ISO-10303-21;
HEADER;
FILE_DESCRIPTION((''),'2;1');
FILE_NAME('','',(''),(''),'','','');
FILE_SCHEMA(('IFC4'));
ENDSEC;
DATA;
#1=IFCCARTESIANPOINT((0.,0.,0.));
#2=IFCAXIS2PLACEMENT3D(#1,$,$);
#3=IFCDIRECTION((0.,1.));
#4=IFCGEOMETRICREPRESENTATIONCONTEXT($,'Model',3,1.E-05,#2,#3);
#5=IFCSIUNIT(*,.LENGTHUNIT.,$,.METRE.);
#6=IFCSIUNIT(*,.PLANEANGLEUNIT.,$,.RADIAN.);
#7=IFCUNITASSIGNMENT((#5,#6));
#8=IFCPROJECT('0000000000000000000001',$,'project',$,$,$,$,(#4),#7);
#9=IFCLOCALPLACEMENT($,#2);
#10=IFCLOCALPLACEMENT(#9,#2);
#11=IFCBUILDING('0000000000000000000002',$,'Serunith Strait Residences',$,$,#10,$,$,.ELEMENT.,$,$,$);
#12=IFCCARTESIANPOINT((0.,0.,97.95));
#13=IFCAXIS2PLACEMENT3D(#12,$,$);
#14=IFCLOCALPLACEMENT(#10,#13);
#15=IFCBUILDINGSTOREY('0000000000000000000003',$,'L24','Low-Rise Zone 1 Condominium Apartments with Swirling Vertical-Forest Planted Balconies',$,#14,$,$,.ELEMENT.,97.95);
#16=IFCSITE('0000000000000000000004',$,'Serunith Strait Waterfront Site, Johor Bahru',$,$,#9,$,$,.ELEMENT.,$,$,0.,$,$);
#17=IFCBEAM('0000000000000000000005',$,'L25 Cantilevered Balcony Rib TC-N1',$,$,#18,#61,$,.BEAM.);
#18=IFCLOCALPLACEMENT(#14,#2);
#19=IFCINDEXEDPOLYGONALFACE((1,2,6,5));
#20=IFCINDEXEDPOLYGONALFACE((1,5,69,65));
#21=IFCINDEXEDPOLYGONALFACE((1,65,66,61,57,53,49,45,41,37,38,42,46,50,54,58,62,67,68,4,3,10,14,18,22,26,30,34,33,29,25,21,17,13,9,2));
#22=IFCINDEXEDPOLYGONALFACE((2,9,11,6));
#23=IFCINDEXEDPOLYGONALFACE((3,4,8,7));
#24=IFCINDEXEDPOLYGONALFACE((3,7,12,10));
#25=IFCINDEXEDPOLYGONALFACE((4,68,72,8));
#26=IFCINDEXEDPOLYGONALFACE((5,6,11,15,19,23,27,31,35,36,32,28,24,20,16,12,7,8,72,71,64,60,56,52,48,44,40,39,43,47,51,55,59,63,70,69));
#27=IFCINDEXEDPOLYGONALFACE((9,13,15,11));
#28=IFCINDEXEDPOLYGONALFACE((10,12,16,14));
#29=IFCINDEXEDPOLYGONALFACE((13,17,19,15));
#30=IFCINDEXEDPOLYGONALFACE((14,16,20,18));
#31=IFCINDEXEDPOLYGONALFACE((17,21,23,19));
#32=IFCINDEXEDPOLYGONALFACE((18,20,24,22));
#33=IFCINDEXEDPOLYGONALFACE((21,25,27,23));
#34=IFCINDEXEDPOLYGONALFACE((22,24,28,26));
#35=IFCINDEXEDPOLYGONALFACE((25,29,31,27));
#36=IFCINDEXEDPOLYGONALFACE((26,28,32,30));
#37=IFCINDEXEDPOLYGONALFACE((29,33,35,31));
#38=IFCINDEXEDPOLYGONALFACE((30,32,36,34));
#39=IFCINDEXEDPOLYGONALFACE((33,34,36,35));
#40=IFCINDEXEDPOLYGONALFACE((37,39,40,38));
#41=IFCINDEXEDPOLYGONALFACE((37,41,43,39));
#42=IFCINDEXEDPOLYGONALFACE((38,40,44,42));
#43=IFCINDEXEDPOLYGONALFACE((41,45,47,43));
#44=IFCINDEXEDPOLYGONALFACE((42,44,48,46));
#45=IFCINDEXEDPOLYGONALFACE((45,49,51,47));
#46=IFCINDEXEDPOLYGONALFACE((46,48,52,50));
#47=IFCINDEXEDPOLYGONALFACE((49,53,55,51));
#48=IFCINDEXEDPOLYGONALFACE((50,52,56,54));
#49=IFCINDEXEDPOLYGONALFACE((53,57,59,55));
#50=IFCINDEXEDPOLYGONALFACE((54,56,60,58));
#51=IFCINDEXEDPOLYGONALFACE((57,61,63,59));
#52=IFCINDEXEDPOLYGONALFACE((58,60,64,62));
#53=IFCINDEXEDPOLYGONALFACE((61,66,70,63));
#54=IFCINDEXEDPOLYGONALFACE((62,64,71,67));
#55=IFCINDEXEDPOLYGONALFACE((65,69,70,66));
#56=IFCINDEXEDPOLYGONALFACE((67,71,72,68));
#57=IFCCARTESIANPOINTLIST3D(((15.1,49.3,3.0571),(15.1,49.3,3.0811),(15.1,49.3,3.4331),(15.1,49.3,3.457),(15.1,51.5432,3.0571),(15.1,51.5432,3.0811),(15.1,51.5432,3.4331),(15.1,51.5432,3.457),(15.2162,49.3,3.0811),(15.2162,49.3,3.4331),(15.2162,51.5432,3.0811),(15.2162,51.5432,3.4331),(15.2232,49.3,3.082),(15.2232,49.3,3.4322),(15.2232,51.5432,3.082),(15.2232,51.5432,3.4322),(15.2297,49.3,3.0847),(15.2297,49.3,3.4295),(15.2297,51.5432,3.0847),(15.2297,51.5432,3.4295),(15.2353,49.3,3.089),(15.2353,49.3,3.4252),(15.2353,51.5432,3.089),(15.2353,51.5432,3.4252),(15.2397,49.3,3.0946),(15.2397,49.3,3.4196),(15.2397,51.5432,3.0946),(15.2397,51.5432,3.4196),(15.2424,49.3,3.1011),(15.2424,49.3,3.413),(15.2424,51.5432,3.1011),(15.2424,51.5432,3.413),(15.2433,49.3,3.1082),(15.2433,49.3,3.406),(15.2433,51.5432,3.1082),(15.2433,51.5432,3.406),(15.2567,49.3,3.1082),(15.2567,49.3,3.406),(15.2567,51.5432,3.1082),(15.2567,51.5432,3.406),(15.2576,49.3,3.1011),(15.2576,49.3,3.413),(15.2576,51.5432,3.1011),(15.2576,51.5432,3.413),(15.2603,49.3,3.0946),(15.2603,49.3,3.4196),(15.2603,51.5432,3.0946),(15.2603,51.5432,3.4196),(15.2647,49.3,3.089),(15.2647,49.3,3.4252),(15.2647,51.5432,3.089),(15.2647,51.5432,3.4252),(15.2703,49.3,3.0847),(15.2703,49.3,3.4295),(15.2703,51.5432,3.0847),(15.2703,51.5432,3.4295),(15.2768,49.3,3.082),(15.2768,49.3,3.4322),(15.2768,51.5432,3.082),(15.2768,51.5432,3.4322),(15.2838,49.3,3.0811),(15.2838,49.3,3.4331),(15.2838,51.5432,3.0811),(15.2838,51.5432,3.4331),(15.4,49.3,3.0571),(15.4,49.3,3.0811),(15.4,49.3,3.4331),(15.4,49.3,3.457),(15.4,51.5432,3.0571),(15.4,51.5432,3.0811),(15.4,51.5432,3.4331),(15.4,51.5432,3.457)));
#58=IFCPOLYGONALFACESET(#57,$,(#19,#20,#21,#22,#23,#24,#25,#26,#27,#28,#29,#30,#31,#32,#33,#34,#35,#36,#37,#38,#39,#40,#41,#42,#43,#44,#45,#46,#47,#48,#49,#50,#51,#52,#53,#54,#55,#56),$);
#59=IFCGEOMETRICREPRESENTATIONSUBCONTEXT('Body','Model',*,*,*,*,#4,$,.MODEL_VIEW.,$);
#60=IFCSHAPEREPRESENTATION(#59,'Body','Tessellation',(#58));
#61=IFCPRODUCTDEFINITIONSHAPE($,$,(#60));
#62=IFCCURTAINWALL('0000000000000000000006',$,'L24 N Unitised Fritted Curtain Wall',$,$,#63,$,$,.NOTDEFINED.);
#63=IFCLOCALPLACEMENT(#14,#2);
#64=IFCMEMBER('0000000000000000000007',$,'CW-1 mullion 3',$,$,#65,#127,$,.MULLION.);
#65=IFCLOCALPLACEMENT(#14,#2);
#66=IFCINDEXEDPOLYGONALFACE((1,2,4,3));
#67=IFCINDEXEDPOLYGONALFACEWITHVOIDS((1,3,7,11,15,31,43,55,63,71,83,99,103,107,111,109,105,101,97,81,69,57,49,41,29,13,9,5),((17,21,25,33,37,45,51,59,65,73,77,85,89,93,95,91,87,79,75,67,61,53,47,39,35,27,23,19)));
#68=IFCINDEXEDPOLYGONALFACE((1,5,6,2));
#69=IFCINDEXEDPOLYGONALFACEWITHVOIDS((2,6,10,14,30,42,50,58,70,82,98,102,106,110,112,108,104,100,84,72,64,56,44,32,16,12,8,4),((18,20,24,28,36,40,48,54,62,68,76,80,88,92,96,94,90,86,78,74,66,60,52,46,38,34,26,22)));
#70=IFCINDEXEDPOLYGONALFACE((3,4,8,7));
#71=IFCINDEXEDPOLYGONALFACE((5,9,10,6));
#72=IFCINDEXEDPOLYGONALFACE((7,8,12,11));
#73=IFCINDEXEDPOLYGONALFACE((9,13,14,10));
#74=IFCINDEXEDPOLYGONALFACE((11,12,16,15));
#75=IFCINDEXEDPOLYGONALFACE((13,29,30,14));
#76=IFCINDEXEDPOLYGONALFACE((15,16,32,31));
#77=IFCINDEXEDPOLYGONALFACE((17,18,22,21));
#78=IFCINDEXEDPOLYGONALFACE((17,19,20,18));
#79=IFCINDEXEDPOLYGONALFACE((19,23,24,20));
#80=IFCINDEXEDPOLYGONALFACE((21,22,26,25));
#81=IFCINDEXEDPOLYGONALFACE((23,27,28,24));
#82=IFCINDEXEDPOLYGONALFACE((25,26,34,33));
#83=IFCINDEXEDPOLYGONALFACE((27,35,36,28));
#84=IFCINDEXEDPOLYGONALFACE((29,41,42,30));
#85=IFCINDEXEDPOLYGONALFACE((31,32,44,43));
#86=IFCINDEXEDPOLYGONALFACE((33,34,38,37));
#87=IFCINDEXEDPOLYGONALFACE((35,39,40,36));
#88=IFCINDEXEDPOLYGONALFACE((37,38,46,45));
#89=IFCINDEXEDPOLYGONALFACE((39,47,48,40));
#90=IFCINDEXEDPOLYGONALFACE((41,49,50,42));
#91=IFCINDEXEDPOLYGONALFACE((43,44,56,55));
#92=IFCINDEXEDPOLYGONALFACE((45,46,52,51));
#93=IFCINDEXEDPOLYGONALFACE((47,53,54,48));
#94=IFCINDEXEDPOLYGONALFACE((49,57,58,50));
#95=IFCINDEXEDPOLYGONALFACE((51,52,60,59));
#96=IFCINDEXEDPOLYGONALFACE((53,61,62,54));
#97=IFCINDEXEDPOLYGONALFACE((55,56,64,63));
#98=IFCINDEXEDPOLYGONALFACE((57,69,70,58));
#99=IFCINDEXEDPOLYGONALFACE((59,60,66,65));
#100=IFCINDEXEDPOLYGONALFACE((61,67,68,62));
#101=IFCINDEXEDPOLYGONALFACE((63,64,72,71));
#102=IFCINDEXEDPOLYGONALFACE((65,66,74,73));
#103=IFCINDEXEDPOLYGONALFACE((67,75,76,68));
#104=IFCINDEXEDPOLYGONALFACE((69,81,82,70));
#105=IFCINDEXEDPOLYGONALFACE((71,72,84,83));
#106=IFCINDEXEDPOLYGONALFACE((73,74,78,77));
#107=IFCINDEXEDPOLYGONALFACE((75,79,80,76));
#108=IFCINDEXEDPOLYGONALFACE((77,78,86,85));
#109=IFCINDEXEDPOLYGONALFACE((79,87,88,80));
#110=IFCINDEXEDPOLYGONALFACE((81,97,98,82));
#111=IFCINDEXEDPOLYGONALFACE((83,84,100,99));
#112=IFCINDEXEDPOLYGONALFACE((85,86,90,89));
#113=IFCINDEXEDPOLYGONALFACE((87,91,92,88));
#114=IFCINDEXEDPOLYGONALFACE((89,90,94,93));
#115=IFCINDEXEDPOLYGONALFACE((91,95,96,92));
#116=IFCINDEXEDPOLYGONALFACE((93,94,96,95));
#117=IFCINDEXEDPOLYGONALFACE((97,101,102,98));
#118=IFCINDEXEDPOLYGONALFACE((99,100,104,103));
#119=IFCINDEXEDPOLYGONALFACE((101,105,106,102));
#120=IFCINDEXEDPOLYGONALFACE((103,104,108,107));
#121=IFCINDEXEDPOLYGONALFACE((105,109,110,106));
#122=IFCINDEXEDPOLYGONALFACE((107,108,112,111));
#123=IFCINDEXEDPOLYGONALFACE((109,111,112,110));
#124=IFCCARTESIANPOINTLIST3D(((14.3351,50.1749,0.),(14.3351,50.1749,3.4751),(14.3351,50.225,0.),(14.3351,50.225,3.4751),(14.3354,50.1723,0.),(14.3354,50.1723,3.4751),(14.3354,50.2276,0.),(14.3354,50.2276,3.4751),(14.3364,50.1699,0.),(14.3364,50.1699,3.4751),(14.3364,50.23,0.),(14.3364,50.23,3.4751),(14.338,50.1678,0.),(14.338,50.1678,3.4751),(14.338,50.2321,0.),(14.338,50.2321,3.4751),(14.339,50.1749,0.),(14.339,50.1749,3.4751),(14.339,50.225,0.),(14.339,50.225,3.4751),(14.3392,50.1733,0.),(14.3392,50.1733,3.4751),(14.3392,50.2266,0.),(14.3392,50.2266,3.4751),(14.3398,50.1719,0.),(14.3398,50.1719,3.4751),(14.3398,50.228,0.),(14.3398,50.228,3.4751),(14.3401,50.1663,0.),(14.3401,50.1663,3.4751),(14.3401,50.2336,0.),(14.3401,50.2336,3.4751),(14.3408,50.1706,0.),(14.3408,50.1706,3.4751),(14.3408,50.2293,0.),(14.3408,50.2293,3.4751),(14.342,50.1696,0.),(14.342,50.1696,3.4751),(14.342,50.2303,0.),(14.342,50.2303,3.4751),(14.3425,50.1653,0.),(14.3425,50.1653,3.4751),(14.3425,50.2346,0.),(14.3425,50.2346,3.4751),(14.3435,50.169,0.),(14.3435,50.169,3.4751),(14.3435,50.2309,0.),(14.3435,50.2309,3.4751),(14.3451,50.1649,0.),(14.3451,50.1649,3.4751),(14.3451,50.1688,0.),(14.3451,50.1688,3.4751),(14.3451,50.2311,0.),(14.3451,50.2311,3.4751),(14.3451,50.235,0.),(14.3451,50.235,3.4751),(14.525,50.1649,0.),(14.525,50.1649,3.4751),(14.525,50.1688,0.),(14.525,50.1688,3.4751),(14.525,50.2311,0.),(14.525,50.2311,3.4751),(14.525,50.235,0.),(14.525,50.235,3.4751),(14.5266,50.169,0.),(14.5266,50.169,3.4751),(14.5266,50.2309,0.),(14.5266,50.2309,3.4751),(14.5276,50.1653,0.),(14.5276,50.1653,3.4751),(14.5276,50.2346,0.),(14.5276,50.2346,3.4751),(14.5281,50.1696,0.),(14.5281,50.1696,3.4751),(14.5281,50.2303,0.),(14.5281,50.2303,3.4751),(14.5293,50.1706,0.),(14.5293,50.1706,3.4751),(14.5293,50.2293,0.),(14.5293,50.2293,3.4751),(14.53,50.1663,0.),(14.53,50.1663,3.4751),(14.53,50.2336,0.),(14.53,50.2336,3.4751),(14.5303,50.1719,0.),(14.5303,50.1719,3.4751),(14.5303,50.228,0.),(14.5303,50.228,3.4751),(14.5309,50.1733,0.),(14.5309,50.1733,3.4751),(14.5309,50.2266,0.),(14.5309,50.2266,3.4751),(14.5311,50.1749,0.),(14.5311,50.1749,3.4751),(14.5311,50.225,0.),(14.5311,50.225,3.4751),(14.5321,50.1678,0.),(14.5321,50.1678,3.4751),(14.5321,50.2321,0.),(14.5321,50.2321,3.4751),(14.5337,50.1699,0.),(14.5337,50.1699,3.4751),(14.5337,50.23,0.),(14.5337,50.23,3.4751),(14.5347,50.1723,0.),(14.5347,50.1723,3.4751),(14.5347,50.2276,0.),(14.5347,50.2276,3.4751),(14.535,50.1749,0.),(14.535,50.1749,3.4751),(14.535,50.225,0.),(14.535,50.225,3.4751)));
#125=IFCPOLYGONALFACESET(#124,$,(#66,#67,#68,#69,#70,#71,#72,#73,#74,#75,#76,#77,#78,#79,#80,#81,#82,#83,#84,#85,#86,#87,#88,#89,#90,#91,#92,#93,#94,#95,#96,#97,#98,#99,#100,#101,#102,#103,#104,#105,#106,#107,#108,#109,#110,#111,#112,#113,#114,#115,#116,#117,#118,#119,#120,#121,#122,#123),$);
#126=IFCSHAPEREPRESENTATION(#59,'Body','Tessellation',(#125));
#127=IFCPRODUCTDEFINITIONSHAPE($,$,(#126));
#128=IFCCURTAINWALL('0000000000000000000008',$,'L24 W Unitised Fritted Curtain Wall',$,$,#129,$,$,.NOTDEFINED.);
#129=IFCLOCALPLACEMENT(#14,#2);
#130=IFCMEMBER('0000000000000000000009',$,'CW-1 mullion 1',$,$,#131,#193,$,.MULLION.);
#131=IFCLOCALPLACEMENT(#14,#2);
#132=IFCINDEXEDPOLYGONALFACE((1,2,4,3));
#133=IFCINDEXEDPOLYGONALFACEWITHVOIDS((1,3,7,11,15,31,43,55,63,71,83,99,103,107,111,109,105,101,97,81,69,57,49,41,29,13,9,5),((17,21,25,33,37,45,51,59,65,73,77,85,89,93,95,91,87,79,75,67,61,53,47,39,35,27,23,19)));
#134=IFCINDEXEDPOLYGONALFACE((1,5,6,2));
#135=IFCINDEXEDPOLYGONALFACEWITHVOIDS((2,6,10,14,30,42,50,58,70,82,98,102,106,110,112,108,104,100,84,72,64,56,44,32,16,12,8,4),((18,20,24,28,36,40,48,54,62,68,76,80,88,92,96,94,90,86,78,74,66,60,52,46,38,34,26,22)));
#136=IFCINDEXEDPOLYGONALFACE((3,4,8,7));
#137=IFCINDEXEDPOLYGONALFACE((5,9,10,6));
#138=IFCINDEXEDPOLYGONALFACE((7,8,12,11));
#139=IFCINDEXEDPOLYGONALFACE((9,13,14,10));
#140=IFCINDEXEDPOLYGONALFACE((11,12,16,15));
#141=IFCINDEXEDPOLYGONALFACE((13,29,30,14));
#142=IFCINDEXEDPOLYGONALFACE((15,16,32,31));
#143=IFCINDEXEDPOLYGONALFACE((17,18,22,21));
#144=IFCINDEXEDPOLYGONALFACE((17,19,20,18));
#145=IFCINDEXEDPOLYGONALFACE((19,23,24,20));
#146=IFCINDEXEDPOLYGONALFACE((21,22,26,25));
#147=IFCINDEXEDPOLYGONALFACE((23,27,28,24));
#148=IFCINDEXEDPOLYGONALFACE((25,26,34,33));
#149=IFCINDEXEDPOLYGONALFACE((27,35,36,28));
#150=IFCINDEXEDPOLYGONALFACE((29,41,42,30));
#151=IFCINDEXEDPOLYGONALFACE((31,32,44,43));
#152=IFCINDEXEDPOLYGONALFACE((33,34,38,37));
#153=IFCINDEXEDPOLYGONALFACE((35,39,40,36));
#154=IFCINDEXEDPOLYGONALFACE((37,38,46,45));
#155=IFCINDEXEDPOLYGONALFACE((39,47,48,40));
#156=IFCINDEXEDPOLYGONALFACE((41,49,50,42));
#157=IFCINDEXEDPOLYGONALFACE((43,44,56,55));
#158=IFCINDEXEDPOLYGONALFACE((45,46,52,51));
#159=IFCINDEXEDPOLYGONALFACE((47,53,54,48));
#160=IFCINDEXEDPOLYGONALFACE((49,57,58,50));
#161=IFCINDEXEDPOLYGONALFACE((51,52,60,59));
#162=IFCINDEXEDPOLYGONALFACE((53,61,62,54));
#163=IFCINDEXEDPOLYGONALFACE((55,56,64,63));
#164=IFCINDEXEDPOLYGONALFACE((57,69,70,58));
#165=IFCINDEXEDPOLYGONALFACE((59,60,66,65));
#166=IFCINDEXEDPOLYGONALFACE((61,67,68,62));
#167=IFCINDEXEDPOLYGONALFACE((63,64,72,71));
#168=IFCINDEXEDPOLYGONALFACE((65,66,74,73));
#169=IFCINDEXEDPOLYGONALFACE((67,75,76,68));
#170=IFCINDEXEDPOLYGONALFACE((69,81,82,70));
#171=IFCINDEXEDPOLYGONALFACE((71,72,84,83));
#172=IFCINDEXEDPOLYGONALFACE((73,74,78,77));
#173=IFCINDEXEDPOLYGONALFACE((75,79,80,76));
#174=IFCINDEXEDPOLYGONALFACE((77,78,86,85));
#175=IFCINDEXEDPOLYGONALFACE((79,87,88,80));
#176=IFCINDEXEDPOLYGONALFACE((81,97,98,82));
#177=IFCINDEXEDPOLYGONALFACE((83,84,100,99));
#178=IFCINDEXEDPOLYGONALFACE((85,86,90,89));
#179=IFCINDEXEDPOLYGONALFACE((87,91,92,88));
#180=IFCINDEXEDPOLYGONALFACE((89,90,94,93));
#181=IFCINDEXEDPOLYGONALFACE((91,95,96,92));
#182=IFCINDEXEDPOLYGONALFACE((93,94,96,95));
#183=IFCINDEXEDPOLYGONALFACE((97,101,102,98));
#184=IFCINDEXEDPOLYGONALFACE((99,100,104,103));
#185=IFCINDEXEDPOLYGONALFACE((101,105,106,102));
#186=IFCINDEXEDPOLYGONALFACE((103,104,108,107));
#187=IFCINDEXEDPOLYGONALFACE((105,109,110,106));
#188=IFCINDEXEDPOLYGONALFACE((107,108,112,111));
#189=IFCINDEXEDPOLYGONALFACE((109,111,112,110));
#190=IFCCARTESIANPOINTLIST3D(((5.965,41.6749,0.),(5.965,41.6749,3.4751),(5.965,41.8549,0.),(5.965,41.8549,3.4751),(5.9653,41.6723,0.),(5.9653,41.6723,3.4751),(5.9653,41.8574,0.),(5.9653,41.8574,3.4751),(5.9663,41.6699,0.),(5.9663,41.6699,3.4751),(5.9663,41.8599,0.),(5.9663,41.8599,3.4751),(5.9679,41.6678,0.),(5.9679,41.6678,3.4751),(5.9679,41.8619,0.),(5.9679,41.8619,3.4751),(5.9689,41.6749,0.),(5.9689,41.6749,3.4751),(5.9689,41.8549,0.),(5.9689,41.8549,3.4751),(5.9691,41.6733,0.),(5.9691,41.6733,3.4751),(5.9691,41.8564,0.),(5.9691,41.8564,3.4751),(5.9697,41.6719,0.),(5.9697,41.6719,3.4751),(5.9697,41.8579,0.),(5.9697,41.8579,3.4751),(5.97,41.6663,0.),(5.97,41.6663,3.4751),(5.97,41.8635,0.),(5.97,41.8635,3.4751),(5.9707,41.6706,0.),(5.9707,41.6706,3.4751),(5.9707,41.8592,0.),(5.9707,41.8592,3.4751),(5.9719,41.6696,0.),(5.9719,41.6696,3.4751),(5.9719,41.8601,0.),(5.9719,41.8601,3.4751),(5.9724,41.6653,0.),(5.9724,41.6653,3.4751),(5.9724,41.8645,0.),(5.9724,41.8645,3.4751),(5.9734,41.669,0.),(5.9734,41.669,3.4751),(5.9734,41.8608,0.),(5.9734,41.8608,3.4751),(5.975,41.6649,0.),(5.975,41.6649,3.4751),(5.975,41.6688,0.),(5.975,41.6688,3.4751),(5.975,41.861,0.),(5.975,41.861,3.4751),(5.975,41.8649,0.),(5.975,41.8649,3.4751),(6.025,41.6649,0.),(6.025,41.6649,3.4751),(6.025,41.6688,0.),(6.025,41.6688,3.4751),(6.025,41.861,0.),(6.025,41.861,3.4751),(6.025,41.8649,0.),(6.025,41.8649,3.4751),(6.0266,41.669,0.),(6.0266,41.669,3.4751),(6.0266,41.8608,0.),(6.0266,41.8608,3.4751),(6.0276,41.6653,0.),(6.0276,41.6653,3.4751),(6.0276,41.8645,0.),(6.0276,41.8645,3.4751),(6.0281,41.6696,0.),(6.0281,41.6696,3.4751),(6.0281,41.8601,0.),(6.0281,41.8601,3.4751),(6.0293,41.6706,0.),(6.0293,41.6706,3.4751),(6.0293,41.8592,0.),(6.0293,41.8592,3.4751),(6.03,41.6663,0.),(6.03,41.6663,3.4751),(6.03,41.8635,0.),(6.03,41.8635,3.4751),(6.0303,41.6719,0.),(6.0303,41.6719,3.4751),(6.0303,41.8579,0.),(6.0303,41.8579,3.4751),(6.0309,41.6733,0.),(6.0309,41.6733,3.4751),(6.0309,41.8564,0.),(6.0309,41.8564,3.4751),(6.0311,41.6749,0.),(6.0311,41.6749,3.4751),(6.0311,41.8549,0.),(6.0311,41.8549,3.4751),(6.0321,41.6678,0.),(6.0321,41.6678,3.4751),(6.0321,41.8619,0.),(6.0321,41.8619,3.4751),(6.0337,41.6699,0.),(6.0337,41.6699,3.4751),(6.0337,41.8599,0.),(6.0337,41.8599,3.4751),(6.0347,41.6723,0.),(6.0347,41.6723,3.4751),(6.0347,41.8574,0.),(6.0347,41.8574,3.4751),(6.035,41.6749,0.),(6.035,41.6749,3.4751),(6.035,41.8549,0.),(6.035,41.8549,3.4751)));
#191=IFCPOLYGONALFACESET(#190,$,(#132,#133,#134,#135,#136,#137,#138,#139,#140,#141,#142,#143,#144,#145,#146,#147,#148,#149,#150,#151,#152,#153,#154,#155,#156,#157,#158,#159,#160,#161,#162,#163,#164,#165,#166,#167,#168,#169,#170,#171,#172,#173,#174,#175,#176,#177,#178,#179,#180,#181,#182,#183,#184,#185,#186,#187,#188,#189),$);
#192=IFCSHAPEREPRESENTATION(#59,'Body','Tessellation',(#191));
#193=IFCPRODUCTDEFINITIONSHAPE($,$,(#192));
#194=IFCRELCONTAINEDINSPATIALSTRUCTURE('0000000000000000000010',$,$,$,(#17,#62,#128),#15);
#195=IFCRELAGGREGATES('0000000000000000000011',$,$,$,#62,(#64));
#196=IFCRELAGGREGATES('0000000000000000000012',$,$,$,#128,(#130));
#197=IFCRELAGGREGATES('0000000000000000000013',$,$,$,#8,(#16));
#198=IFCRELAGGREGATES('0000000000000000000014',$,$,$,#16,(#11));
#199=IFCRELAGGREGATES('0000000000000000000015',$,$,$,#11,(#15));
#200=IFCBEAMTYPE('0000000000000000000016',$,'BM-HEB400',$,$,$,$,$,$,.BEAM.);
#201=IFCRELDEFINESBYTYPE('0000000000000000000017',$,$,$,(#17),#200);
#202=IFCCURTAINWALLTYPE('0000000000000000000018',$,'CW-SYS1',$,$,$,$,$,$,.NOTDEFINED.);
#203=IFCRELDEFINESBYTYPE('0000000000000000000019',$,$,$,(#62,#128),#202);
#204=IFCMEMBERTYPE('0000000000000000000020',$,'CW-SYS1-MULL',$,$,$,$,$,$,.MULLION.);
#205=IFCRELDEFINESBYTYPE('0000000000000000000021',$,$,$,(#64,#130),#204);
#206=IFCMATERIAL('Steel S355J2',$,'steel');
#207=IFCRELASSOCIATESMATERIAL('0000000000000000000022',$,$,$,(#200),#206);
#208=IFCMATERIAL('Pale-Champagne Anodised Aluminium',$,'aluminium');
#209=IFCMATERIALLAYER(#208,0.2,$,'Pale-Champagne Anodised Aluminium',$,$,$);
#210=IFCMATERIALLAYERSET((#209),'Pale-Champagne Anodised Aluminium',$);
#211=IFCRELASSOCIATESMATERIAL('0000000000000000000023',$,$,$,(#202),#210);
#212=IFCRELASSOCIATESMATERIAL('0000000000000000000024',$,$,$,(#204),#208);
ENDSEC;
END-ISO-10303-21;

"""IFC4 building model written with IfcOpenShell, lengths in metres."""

from ifc_helpers import new_model, si_unit, direction, frame, origin, origin_2d, place, context, subcontext, project, spatial, hollow_rectangle, i_section, extrude, source, transform, mapped, material, layer, layer_set, material_profile, profile_set, type_object, element, aggregate, save


model = new_model("IFC4")

# Units and contexts
model_context = context("Model", 3, precision=1e-05, world=origin(), true_north=direction((0.0, 1.0)))
body_context = subcontext(model_context, "Body", "Model", "MODEL_VIEW")
ifc_project = project(units=[si_unit("LENGTHUNIT", "METRE"), si_unit("PLANEANGLEUNIT", "RADIAN")], contexts=[model_context])

# Site, building, storey
site_placement = place(None, origin())
site = spatial("IfcSite", under=ifc_project, at=site_placement, Name="Serunith Strait Waterfront Site, Johor Bahru", CompositionType="ELEMENT", RefElevation=0.0)
building_placement = place(site_placement, origin())
building = spatial("IfcBuilding", under=site, at=building_placement, Name="Serunith Strait Residences", CompositionType="ELEMENT")
storey_placement = place(building_placement, frame((0.0, 0.0, 97.95)))
storey = spatial("IfcBuildingStorey", under=building, at=storey_placement, Name="L24", Description="Low-Rise Zone 1 Condominium Apartments with Swirling Vertical-Forest Planted Balconies", CompositionType="ELEMENT", Elevation=97.95)

# Beam
ifc_material_1 = material(Name="Steel S355J2", Category="steel")
ifc_material_profile_1 = material_profile(ifc_material_1, i_section(OverallWidth=0.3, OverallDepth=0.3999, WebThickness=0.0134, FlangeThickness=0.0239, FilletRadius=0.0271, at=origin_2d()), Name="HEB 400")
ifc_profile_set_1 = profile_set([ifc_material_profile_1], Name="Steel S355J2")
beam_type_1 = type_object("IfcBeamType", Name="BM-HEB400", PredefinedType="BEAM", material=ifc_profile_set_1)
shared_shape_1 = source(origin(), body_context, "Body", "SweptSolid", [
    extrude(i_section(OverallWidth=0.3, OverallDepth=0.3999, WebThickness=0.0134, FlangeThickness=0.0239, FilletRadius=0.0271, at=origin_2d()), origin(), (0.0, 0.0, 1.0), 2.2432),
])
beam_1_placement = place(storey_placement, frame((15.25, 49.3, 3.2571), z_axis=(0.0, 1.0, 0.0), x_axis=(-1.0, 0.0, 0.0)))
element("IfcBeam", 1, at=beam_1_placement, inside=storey, type_object=beam_type_1, Name="L25 Cantilevered Balcony Rib TC-N1", PredefinedType="BEAM", context=body_context, shape_type="MappedRepresentation", body=[
    mapped(shared_shape_1, transform((0.0, 0.0, 0.0), scale=1.0)),
])

# Curtain wall, member
ifc_material_2 = material(Name="Pale-Champagne Anodised Aluminium", Category="aluminium")
ifc_layer_1 = layer(ifc_material_2, 0.2, Name="Pale-Champagne Anodised Aluminium")
ifc_layer_set_1 = layer_set([ifc_layer_1], Name="Pale-Champagne Anodised Aluminium")
curtain_wall_type = type_object("IfcCurtainWallType", Name="CW-SYS1", PredefinedType="NOTDEFINED", material=ifc_layer_set_1)
curtain_wall_1_placement = place(storey_placement, origin())
curtain_wall_1 = element("IfcCurtainWall", 2, at=curtain_wall_1_placement, inside=storey, type_object=curtain_wall_type, Name="L24 N Unitised Fritted Curtain Wall", PredefinedType="NOTDEFINED")
ifc_material_profile_2 = material_profile(ifc_material_2, hollow_rectangle(XDim=0.0701, YDim=0.2, WallThickness=0.0039, InnerFilletRadius=0.0061, OuterFilletRadius=0.01, at=origin_2d()), Name="ALU 200x70x4")
ifc_profile_set_2 = profile_set([ifc_material_profile_2], Name="Pale-Champagne Anodised Aluminium")
member_type_1 = type_object("IfcMemberType", Name="CW-SYS1-MULL", PredefinedType="MULLION", material=ifc_profile_set_2)
shared_shape_2 = source(origin(), body_context, "Body", "SweptSolid", [
    extrude(hollow_rectangle(XDim=0.0701, YDim=0.2, WallThickness=0.0039, InnerFilletRadius=0.0061, OuterFilletRadius=0.01, at=origin_2d()), origin(), (0.0, 0.0, 1.0), 3.4751),
])
member_1_placement = place(storey_placement, frame((14.4351, 50.2, 0.0), z_axis=(0.0, 0.0, 1.0), x_axis=(0.0, -1.0, 0.0)))
member_1 = element("IfcMember", 3, at=member_1_placement, type_object=member_type_1, Name="CW-1 mullion 3", PredefinedType="MULLION", context=body_context, shape_type="MappedRepresentation", body=[
    mapped(shared_shape_2, transform((0.0, 0.0, 0.0), scale=1.0)),
])
aggregate(curtain_wall_1, [member_1])

# Curtain wall, member
curtain_wall_2_placement = place(storey_placement, origin())
curtain_wall_2 = element("IfcCurtainWall", 4, at=curtain_wall_2_placement, inside=storey, type_object=curtain_wall_type, Name="L24 W Unitised Fritted Curtain Wall", PredefinedType="NOTDEFINED")
member_2_placement = place(storey_placement, frame((6.0, 41.7649, 0.0), z_axis=(0.0, 0.0, 1.0), x_axis=(1.0, 0.0, 0.0)))
member_2 = element("IfcMember", 5, at=member_2_placement, type_object=member_type_1, Name="CW-1 mullion 1", PredefinedType="MULLION", context=body_context, shape_type="MappedRepresentation", body=[
    mapped(shared_shape_2, transform((0.0, 0.0, 0.0), scale=1.0)),
])
aggregate(curtain_wall_2, [member_2])

save(model, "model.ifc")
